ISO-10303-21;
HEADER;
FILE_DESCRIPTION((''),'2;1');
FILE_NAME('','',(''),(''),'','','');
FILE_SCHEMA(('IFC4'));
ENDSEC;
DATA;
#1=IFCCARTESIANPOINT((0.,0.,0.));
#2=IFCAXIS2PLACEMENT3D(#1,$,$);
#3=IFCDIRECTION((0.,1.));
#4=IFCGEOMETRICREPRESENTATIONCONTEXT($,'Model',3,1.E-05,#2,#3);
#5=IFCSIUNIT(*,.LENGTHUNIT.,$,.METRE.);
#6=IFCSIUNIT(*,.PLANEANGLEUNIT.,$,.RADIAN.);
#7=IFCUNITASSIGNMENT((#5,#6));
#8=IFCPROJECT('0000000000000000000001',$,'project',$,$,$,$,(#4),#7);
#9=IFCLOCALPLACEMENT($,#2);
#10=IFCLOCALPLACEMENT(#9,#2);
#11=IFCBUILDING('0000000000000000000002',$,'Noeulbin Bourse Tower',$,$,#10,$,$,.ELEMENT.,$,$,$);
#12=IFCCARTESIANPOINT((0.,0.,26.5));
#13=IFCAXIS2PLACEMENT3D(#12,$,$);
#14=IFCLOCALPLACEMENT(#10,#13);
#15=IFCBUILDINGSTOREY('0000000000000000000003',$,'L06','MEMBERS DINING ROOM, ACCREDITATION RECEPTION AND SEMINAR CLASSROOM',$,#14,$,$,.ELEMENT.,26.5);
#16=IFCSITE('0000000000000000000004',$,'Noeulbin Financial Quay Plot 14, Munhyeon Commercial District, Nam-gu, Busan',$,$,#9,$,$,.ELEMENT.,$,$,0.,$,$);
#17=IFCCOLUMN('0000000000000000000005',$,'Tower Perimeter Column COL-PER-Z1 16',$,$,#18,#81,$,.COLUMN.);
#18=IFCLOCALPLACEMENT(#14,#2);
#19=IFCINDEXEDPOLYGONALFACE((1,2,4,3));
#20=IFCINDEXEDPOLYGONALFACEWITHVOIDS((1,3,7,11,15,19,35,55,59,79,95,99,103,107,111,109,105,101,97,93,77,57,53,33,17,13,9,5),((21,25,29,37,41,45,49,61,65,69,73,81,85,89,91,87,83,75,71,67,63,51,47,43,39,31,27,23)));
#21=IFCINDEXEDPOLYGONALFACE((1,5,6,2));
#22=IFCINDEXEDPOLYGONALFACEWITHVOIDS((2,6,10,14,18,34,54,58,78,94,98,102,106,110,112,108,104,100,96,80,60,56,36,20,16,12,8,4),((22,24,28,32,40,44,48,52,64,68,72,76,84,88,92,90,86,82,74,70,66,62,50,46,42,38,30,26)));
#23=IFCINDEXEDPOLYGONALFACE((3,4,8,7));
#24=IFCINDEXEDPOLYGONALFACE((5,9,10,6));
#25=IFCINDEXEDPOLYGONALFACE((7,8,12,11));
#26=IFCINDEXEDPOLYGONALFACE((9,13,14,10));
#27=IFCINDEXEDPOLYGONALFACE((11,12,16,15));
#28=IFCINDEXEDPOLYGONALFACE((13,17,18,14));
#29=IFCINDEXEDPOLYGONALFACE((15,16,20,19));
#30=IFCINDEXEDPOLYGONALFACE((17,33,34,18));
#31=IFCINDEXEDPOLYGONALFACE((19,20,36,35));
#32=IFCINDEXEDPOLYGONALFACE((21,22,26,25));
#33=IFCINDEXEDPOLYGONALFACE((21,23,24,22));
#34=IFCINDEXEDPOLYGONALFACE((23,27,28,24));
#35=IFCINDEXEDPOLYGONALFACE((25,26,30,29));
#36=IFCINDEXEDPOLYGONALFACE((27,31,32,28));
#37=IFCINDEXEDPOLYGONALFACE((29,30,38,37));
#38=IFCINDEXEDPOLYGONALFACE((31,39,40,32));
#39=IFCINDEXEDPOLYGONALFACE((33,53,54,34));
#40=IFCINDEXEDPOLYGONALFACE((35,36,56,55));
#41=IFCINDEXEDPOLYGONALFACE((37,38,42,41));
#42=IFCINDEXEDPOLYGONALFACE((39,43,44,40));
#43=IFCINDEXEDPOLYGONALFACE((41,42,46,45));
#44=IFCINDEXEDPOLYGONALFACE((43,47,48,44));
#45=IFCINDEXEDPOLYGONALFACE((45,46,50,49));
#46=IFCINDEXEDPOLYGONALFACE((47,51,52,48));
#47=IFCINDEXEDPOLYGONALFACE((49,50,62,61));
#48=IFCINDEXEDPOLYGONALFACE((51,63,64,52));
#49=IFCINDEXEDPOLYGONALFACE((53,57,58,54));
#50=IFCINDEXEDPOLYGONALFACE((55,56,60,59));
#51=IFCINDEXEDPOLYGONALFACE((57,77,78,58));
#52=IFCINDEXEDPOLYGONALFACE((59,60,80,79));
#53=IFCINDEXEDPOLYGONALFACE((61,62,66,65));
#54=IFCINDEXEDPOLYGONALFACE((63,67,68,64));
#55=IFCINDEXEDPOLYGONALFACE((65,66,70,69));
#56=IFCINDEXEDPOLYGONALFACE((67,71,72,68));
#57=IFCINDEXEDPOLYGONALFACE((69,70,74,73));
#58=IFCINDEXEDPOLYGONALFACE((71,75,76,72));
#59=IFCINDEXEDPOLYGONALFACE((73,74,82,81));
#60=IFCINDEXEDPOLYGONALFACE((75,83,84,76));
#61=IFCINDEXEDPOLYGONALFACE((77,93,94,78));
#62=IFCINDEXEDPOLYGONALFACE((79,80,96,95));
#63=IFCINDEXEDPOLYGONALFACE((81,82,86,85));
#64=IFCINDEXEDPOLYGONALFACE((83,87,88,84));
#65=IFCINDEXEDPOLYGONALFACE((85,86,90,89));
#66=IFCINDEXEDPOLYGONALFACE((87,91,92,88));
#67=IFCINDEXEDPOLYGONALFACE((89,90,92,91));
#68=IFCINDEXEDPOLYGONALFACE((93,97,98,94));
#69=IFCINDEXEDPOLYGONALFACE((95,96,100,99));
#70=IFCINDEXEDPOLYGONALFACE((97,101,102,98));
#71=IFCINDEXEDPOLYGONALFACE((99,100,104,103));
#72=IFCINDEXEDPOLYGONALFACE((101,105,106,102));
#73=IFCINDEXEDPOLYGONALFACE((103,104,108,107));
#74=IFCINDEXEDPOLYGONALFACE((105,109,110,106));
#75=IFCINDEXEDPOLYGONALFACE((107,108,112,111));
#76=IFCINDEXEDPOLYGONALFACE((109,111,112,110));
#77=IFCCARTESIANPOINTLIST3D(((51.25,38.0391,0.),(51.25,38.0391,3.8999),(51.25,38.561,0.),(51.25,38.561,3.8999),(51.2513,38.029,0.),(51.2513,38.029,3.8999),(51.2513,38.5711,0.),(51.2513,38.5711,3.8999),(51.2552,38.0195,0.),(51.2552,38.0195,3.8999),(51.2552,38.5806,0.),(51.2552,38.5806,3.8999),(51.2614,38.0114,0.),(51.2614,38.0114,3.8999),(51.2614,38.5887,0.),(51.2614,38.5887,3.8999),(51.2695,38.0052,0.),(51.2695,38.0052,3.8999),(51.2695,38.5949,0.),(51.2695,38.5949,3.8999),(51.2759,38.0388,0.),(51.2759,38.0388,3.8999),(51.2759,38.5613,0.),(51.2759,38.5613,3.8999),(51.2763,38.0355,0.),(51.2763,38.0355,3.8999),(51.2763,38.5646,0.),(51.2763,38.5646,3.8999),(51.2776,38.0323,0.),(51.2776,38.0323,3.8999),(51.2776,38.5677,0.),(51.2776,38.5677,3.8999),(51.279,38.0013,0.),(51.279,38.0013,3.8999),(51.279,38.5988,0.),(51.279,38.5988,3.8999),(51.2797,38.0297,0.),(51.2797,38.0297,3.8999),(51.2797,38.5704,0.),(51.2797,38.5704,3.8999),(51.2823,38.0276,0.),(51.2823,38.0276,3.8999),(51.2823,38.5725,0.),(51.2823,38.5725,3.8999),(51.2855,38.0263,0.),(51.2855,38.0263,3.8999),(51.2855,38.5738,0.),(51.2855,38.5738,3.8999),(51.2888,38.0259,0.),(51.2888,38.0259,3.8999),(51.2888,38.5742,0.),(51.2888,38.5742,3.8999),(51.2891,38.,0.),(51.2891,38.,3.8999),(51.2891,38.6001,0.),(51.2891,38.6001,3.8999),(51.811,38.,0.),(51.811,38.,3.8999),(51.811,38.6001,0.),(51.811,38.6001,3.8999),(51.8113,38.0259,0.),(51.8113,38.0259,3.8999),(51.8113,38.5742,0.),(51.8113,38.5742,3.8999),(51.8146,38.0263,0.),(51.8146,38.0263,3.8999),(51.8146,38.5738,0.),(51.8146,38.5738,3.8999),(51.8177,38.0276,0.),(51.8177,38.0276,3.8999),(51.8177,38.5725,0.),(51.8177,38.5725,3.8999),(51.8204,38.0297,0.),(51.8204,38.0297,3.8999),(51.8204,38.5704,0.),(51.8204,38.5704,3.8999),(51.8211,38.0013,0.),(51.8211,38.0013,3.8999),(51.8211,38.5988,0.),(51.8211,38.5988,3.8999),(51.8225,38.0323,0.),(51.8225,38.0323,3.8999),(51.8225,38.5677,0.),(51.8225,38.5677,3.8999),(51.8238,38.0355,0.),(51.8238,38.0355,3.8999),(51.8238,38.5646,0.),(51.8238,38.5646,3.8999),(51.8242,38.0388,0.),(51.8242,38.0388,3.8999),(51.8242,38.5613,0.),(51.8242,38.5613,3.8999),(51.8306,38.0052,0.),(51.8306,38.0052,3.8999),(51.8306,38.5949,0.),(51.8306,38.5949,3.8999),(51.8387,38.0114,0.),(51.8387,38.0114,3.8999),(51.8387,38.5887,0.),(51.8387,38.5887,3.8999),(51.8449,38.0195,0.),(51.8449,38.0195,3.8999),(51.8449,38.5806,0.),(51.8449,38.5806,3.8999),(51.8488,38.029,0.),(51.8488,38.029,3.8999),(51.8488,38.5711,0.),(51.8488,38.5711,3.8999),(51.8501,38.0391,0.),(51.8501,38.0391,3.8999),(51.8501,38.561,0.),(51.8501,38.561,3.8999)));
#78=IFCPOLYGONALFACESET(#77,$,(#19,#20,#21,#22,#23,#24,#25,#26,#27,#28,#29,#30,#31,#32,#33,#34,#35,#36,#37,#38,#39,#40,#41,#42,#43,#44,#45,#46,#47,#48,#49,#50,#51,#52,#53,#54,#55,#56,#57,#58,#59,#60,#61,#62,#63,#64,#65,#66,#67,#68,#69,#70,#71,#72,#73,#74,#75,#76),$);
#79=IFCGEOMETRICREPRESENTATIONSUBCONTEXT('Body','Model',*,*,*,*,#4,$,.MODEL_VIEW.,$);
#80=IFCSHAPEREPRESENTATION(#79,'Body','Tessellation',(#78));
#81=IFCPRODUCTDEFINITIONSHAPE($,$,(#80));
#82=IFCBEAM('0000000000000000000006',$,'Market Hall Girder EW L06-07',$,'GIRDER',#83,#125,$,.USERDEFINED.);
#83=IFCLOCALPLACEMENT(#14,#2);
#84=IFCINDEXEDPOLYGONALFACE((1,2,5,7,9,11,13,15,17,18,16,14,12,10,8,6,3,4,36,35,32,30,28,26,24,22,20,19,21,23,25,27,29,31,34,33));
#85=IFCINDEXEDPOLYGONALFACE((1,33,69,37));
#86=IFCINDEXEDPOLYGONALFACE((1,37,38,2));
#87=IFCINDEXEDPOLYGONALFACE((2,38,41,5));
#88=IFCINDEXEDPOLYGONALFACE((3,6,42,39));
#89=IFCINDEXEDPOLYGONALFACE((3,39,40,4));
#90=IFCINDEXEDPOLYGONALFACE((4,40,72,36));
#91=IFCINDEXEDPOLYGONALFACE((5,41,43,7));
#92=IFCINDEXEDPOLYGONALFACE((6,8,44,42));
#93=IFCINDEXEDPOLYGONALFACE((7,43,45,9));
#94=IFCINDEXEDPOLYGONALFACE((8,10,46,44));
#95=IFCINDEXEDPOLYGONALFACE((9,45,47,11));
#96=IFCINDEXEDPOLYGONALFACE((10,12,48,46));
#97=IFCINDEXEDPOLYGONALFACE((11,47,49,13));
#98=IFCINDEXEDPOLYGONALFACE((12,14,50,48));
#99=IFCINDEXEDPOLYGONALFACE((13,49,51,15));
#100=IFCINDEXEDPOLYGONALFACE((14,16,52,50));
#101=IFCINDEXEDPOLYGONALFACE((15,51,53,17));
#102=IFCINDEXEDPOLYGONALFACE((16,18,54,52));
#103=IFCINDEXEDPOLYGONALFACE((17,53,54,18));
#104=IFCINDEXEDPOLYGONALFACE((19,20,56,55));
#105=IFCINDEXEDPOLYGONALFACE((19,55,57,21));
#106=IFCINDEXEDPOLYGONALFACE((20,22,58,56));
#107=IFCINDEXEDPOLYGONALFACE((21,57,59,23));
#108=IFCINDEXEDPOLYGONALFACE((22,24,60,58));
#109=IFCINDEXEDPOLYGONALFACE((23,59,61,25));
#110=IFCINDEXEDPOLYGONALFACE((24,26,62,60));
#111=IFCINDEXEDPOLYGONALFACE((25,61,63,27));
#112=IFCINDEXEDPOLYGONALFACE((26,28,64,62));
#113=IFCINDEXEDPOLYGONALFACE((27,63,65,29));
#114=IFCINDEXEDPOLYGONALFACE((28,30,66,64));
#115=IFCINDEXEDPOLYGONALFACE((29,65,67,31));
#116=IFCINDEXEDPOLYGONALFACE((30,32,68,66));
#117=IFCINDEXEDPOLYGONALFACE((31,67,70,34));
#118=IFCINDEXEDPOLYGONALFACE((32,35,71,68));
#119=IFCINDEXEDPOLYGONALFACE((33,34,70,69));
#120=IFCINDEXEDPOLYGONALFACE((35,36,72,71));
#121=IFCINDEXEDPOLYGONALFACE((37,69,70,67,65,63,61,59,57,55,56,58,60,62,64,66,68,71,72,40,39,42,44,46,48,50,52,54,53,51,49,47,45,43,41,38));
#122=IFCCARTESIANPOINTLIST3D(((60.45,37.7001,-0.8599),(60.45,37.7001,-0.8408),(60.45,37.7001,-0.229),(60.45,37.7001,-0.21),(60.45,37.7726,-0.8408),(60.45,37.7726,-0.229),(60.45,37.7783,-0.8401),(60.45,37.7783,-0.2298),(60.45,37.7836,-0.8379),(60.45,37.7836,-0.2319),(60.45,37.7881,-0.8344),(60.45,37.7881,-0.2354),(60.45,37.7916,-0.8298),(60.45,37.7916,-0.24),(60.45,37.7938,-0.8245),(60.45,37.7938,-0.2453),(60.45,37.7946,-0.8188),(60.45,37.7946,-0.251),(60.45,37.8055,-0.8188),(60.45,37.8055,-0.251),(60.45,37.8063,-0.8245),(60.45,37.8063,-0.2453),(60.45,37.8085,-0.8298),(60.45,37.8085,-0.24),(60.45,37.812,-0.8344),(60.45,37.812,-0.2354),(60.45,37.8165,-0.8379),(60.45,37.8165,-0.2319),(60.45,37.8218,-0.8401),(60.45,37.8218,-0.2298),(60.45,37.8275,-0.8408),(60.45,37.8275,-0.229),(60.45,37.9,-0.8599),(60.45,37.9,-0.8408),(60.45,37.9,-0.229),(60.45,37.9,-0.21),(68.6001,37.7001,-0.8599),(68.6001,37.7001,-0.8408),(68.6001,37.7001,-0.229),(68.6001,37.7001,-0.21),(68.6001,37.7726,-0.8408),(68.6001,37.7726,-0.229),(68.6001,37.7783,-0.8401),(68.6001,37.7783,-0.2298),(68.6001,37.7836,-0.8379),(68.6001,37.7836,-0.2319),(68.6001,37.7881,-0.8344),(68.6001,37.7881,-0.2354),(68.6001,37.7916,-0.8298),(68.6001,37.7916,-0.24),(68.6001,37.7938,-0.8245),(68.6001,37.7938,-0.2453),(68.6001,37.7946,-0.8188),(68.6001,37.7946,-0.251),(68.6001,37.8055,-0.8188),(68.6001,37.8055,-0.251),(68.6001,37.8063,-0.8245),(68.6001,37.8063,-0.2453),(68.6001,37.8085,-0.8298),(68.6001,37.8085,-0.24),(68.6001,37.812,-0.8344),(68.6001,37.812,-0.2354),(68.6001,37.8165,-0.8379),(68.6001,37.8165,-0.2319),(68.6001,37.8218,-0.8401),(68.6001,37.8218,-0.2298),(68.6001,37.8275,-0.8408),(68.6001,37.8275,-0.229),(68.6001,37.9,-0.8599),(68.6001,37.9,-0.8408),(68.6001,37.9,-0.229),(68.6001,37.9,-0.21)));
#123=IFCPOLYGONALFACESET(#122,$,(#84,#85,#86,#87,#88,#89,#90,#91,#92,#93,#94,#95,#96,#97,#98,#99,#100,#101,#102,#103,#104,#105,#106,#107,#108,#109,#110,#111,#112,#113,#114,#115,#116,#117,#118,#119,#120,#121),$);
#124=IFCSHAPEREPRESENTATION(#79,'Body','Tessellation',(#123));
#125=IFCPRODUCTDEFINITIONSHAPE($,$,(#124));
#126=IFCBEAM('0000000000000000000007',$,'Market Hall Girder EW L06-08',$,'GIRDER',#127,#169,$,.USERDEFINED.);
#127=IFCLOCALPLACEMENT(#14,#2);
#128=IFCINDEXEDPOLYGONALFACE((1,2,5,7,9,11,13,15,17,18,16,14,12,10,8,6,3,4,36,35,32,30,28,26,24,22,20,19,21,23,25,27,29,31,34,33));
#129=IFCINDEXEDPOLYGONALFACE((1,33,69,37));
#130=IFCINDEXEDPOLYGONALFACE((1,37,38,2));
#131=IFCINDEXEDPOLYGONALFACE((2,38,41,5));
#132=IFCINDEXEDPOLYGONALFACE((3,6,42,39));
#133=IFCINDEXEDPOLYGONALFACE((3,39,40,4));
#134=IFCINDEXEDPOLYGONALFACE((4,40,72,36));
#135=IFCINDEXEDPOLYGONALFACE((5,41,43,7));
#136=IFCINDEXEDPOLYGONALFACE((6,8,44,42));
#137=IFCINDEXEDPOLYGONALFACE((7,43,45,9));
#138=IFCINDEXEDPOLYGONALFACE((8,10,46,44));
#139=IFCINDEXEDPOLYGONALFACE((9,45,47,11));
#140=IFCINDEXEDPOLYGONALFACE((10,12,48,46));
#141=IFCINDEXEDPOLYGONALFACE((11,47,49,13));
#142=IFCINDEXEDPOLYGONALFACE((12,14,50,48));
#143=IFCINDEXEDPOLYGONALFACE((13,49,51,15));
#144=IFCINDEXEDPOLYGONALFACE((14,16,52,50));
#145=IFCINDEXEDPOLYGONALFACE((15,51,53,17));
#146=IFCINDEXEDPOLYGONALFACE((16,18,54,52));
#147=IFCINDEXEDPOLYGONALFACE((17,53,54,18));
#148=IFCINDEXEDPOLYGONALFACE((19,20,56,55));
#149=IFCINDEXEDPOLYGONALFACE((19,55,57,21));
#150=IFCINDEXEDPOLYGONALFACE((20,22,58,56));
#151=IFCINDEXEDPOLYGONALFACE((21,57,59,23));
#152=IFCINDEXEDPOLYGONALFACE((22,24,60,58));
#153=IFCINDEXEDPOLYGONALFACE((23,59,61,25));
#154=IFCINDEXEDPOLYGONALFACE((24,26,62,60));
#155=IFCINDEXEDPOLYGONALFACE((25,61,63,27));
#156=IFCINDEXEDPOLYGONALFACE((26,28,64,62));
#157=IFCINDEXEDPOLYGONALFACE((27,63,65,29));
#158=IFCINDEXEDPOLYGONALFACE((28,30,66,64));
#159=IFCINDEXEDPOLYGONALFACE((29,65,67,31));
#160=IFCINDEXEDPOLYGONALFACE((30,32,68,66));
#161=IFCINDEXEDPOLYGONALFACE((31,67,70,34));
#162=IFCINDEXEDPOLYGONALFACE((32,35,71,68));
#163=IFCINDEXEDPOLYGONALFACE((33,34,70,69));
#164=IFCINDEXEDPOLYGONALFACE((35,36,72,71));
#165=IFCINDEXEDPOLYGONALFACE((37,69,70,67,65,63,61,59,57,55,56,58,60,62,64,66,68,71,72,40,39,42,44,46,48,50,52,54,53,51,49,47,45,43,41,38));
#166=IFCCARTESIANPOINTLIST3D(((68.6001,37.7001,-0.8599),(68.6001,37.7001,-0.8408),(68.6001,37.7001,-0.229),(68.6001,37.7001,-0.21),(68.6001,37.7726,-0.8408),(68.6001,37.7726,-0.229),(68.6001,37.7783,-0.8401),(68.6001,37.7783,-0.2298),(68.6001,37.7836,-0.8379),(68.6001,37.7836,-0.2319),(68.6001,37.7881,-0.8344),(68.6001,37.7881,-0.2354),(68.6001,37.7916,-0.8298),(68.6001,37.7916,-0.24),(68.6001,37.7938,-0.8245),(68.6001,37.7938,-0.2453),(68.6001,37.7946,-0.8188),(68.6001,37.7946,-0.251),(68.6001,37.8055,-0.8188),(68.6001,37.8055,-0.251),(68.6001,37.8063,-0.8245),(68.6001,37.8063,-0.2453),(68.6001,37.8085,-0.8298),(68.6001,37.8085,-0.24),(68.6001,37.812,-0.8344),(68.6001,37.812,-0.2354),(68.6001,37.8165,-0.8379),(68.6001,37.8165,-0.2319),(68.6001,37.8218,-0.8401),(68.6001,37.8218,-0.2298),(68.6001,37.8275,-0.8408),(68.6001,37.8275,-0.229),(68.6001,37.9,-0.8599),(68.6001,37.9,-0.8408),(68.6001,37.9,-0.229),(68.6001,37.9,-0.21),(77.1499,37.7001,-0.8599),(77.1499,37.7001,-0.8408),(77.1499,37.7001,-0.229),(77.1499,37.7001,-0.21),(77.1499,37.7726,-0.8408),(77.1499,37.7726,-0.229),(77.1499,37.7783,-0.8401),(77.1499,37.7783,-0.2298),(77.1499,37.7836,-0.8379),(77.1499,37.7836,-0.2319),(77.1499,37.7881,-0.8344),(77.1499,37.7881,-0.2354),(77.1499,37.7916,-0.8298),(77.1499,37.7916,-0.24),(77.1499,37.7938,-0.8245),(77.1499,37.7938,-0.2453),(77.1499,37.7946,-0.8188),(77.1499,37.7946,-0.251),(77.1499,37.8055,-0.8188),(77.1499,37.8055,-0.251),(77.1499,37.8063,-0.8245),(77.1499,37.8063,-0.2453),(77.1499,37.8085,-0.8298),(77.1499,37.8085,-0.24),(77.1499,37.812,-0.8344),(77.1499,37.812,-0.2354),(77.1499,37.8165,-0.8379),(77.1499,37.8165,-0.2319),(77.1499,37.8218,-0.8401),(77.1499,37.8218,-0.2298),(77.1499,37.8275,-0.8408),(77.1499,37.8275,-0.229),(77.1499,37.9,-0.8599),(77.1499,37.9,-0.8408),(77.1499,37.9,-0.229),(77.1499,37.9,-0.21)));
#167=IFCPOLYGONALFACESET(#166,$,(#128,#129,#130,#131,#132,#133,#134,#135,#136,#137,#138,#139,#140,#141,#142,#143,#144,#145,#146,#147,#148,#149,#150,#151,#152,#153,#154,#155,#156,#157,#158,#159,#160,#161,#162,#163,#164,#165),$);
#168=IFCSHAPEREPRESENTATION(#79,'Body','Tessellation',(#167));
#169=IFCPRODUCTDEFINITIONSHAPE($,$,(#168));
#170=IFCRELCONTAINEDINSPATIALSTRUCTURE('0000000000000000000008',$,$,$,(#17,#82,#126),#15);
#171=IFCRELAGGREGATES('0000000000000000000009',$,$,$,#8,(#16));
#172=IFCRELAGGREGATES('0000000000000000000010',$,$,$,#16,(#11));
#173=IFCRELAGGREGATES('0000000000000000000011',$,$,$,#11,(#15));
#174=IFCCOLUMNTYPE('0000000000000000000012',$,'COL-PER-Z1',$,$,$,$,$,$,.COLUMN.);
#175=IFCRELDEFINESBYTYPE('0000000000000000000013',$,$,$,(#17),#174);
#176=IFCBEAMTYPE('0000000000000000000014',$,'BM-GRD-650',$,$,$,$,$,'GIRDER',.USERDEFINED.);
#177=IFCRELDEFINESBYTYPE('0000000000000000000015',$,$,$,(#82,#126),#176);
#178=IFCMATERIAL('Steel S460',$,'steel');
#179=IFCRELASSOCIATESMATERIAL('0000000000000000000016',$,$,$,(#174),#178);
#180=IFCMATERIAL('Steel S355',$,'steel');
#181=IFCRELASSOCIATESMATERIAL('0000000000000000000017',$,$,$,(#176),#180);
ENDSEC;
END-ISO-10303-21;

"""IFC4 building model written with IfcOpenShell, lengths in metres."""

from ifc_helpers import new_model, si_unit, direction, frame, origin, origin_2d, place, context, subcontext, project, spatial, hollow_rectangle, i_section, extrude, material, material_profile, profile_set, type_object, element, save


model = new_model("IFC4")

# Units and contexts
model_context = context("Model", 3, precision=1e-05, world=origin(), true_north=direction((0.0, 1.0)))
body_context = subcontext(model_context, "Body", "Model", "MODEL_VIEW")
ifc_project = project(units=[si_unit("LENGTHUNIT", "METRE"), si_unit("PLANEANGLEUNIT", "RADIAN")], contexts=[model_context])

# Site, building, storey
site_placement = place(None, origin())
site = spatial("IfcSite", under=ifc_project, at=site_placement, Name="Noeulbin Financial Quay Plot 14, Munhyeon Commercial District, Nam-gu, Busan", CompositionType="ELEMENT", RefElevation=0.0)
building_placement = place(site_placement, origin())
building = spatial("IfcBuilding", under=site, at=building_placement, Name="Noeulbin Bourse Tower", CompositionType="ELEMENT")
storey_placement = place(building_placement, frame((0.0, 0.0, 26.5)))
storey = spatial("IfcBuildingStorey", under=building, at=storey_placement, Name="L06", Description="MEMBERS DINING ROOM, ACCREDITATION RECEPTION AND SEMINAR CLASSROOM", CompositionType="ELEMENT", Elevation=26.5)

# Column
ifc_material_1 = material(Name="Steel S460", Category="steel")
ifc_material_profile_1 = material_profile(ifc_material_1, hollow_rectangle(XDim=0.6001, YDim=0.6001, WallThickness=0.0259, InnerFilletRadius=0.0129, OuterFilletRadius=0.0391, at=origin_2d()), Name="BOX-600x600x26", Category="LoadBearing")
ifc_profile_set_1 = profile_set([ifc_material_profile_1], Name="Steel S460")
column_type = type_object("IfcColumnType", Name="COL-PER-Z1", PredefinedType="COLUMN", material=ifc_profile_set_1)
column_placement = place(storey_placement, frame((51.55, 38.3, 0.0), z_axis=(0.0, 0.0, 1.0), x_axis=(1.0, 0.0, 0.0)))
element("IfcColumn", 1, at=column_placement, inside=storey, type_object=column_type, Name="Tower Perimeter Column COL-PER-Z1 16", PredefinedType="COLUMN", context=body_context, shape_type="SweptSolid", body=[
    extrude(hollow_rectangle(XDim=0.6001, YDim=0.6001, WallThickness=0.0259, InnerFilletRadius=0.0129, OuterFilletRadius=0.0391, at=origin_2d()), origin(), (0.0, 0.0, 1.0), 3.8999),
])

# Beams
ifc_material_2 = material(Name="Steel S355", Category="steel")
ifc_material_profile_2 = material_profile(ifc_material_2, i_section(OverallWidth=0.2, OverallDepth=0.6499, WebThickness=0.011, FlangeThickness=0.019, FilletRadius=0.022, at=origin_2d()), Name="H-650x200x11x19", Category="LoadBearing")
ifc_profile_set_2 = profile_set([ifc_material_profile_2], Name="Steel S355")
beam_type_1 = type_object("IfcBeamType", Name="BM-GRD-650", ElementType="GIRDER", PredefinedType="USERDEFINED", material=ifc_profile_set_2)
beam_1_placement = place(storey_placement, frame((60.45, 37.8, -0.5349), z_axis=(1.0, 0.0, 0.0), x_axis=(0.0, 1.0, 0.0)))
element("IfcBeam", 2, at=beam_1_placement, inside=storey, type_object=beam_type_1, Name="Market Hall Girder EW L06-07", ObjectType="GIRDER", PredefinedType="USERDEFINED", context=body_context, shape_type="SweptSolid", body=[
    extrude(i_section(OverallWidth=0.2, OverallDepth=0.6499, WebThickness=0.011, FlangeThickness=0.019, FilletRadius=0.022, at=origin_2d()), origin(), (0.0, 0.0, 1.0), 8.1501),
])
beam_2_placement = place(storey_placement, frame((68.6001, 37.8, -0.5349), z_axis=(1.0, 0.0, 0.0), x_axis=(0.0, 1.0, 0.0)))
element("IfcBeam", 3, at=beam_2_placement, inside=storey, type_object=beam_type_1, Name="Market Hall Girder EW L06-08", ObjectType="GIRDER", PredefinedType="USERDEFINED", context=body_context, shape_type="SweptSolid", body=[
    extrude(i_section(OverallWidth=0.2, OverallDepth=0.6499, WebThickness=0.011, FlangeThickness=0.019, FilletRadius=0.022, at=origin_2d()), origin(), (0.0, 0.0, 1.0), 8.5498),
])

save(model, "model.ifc")
